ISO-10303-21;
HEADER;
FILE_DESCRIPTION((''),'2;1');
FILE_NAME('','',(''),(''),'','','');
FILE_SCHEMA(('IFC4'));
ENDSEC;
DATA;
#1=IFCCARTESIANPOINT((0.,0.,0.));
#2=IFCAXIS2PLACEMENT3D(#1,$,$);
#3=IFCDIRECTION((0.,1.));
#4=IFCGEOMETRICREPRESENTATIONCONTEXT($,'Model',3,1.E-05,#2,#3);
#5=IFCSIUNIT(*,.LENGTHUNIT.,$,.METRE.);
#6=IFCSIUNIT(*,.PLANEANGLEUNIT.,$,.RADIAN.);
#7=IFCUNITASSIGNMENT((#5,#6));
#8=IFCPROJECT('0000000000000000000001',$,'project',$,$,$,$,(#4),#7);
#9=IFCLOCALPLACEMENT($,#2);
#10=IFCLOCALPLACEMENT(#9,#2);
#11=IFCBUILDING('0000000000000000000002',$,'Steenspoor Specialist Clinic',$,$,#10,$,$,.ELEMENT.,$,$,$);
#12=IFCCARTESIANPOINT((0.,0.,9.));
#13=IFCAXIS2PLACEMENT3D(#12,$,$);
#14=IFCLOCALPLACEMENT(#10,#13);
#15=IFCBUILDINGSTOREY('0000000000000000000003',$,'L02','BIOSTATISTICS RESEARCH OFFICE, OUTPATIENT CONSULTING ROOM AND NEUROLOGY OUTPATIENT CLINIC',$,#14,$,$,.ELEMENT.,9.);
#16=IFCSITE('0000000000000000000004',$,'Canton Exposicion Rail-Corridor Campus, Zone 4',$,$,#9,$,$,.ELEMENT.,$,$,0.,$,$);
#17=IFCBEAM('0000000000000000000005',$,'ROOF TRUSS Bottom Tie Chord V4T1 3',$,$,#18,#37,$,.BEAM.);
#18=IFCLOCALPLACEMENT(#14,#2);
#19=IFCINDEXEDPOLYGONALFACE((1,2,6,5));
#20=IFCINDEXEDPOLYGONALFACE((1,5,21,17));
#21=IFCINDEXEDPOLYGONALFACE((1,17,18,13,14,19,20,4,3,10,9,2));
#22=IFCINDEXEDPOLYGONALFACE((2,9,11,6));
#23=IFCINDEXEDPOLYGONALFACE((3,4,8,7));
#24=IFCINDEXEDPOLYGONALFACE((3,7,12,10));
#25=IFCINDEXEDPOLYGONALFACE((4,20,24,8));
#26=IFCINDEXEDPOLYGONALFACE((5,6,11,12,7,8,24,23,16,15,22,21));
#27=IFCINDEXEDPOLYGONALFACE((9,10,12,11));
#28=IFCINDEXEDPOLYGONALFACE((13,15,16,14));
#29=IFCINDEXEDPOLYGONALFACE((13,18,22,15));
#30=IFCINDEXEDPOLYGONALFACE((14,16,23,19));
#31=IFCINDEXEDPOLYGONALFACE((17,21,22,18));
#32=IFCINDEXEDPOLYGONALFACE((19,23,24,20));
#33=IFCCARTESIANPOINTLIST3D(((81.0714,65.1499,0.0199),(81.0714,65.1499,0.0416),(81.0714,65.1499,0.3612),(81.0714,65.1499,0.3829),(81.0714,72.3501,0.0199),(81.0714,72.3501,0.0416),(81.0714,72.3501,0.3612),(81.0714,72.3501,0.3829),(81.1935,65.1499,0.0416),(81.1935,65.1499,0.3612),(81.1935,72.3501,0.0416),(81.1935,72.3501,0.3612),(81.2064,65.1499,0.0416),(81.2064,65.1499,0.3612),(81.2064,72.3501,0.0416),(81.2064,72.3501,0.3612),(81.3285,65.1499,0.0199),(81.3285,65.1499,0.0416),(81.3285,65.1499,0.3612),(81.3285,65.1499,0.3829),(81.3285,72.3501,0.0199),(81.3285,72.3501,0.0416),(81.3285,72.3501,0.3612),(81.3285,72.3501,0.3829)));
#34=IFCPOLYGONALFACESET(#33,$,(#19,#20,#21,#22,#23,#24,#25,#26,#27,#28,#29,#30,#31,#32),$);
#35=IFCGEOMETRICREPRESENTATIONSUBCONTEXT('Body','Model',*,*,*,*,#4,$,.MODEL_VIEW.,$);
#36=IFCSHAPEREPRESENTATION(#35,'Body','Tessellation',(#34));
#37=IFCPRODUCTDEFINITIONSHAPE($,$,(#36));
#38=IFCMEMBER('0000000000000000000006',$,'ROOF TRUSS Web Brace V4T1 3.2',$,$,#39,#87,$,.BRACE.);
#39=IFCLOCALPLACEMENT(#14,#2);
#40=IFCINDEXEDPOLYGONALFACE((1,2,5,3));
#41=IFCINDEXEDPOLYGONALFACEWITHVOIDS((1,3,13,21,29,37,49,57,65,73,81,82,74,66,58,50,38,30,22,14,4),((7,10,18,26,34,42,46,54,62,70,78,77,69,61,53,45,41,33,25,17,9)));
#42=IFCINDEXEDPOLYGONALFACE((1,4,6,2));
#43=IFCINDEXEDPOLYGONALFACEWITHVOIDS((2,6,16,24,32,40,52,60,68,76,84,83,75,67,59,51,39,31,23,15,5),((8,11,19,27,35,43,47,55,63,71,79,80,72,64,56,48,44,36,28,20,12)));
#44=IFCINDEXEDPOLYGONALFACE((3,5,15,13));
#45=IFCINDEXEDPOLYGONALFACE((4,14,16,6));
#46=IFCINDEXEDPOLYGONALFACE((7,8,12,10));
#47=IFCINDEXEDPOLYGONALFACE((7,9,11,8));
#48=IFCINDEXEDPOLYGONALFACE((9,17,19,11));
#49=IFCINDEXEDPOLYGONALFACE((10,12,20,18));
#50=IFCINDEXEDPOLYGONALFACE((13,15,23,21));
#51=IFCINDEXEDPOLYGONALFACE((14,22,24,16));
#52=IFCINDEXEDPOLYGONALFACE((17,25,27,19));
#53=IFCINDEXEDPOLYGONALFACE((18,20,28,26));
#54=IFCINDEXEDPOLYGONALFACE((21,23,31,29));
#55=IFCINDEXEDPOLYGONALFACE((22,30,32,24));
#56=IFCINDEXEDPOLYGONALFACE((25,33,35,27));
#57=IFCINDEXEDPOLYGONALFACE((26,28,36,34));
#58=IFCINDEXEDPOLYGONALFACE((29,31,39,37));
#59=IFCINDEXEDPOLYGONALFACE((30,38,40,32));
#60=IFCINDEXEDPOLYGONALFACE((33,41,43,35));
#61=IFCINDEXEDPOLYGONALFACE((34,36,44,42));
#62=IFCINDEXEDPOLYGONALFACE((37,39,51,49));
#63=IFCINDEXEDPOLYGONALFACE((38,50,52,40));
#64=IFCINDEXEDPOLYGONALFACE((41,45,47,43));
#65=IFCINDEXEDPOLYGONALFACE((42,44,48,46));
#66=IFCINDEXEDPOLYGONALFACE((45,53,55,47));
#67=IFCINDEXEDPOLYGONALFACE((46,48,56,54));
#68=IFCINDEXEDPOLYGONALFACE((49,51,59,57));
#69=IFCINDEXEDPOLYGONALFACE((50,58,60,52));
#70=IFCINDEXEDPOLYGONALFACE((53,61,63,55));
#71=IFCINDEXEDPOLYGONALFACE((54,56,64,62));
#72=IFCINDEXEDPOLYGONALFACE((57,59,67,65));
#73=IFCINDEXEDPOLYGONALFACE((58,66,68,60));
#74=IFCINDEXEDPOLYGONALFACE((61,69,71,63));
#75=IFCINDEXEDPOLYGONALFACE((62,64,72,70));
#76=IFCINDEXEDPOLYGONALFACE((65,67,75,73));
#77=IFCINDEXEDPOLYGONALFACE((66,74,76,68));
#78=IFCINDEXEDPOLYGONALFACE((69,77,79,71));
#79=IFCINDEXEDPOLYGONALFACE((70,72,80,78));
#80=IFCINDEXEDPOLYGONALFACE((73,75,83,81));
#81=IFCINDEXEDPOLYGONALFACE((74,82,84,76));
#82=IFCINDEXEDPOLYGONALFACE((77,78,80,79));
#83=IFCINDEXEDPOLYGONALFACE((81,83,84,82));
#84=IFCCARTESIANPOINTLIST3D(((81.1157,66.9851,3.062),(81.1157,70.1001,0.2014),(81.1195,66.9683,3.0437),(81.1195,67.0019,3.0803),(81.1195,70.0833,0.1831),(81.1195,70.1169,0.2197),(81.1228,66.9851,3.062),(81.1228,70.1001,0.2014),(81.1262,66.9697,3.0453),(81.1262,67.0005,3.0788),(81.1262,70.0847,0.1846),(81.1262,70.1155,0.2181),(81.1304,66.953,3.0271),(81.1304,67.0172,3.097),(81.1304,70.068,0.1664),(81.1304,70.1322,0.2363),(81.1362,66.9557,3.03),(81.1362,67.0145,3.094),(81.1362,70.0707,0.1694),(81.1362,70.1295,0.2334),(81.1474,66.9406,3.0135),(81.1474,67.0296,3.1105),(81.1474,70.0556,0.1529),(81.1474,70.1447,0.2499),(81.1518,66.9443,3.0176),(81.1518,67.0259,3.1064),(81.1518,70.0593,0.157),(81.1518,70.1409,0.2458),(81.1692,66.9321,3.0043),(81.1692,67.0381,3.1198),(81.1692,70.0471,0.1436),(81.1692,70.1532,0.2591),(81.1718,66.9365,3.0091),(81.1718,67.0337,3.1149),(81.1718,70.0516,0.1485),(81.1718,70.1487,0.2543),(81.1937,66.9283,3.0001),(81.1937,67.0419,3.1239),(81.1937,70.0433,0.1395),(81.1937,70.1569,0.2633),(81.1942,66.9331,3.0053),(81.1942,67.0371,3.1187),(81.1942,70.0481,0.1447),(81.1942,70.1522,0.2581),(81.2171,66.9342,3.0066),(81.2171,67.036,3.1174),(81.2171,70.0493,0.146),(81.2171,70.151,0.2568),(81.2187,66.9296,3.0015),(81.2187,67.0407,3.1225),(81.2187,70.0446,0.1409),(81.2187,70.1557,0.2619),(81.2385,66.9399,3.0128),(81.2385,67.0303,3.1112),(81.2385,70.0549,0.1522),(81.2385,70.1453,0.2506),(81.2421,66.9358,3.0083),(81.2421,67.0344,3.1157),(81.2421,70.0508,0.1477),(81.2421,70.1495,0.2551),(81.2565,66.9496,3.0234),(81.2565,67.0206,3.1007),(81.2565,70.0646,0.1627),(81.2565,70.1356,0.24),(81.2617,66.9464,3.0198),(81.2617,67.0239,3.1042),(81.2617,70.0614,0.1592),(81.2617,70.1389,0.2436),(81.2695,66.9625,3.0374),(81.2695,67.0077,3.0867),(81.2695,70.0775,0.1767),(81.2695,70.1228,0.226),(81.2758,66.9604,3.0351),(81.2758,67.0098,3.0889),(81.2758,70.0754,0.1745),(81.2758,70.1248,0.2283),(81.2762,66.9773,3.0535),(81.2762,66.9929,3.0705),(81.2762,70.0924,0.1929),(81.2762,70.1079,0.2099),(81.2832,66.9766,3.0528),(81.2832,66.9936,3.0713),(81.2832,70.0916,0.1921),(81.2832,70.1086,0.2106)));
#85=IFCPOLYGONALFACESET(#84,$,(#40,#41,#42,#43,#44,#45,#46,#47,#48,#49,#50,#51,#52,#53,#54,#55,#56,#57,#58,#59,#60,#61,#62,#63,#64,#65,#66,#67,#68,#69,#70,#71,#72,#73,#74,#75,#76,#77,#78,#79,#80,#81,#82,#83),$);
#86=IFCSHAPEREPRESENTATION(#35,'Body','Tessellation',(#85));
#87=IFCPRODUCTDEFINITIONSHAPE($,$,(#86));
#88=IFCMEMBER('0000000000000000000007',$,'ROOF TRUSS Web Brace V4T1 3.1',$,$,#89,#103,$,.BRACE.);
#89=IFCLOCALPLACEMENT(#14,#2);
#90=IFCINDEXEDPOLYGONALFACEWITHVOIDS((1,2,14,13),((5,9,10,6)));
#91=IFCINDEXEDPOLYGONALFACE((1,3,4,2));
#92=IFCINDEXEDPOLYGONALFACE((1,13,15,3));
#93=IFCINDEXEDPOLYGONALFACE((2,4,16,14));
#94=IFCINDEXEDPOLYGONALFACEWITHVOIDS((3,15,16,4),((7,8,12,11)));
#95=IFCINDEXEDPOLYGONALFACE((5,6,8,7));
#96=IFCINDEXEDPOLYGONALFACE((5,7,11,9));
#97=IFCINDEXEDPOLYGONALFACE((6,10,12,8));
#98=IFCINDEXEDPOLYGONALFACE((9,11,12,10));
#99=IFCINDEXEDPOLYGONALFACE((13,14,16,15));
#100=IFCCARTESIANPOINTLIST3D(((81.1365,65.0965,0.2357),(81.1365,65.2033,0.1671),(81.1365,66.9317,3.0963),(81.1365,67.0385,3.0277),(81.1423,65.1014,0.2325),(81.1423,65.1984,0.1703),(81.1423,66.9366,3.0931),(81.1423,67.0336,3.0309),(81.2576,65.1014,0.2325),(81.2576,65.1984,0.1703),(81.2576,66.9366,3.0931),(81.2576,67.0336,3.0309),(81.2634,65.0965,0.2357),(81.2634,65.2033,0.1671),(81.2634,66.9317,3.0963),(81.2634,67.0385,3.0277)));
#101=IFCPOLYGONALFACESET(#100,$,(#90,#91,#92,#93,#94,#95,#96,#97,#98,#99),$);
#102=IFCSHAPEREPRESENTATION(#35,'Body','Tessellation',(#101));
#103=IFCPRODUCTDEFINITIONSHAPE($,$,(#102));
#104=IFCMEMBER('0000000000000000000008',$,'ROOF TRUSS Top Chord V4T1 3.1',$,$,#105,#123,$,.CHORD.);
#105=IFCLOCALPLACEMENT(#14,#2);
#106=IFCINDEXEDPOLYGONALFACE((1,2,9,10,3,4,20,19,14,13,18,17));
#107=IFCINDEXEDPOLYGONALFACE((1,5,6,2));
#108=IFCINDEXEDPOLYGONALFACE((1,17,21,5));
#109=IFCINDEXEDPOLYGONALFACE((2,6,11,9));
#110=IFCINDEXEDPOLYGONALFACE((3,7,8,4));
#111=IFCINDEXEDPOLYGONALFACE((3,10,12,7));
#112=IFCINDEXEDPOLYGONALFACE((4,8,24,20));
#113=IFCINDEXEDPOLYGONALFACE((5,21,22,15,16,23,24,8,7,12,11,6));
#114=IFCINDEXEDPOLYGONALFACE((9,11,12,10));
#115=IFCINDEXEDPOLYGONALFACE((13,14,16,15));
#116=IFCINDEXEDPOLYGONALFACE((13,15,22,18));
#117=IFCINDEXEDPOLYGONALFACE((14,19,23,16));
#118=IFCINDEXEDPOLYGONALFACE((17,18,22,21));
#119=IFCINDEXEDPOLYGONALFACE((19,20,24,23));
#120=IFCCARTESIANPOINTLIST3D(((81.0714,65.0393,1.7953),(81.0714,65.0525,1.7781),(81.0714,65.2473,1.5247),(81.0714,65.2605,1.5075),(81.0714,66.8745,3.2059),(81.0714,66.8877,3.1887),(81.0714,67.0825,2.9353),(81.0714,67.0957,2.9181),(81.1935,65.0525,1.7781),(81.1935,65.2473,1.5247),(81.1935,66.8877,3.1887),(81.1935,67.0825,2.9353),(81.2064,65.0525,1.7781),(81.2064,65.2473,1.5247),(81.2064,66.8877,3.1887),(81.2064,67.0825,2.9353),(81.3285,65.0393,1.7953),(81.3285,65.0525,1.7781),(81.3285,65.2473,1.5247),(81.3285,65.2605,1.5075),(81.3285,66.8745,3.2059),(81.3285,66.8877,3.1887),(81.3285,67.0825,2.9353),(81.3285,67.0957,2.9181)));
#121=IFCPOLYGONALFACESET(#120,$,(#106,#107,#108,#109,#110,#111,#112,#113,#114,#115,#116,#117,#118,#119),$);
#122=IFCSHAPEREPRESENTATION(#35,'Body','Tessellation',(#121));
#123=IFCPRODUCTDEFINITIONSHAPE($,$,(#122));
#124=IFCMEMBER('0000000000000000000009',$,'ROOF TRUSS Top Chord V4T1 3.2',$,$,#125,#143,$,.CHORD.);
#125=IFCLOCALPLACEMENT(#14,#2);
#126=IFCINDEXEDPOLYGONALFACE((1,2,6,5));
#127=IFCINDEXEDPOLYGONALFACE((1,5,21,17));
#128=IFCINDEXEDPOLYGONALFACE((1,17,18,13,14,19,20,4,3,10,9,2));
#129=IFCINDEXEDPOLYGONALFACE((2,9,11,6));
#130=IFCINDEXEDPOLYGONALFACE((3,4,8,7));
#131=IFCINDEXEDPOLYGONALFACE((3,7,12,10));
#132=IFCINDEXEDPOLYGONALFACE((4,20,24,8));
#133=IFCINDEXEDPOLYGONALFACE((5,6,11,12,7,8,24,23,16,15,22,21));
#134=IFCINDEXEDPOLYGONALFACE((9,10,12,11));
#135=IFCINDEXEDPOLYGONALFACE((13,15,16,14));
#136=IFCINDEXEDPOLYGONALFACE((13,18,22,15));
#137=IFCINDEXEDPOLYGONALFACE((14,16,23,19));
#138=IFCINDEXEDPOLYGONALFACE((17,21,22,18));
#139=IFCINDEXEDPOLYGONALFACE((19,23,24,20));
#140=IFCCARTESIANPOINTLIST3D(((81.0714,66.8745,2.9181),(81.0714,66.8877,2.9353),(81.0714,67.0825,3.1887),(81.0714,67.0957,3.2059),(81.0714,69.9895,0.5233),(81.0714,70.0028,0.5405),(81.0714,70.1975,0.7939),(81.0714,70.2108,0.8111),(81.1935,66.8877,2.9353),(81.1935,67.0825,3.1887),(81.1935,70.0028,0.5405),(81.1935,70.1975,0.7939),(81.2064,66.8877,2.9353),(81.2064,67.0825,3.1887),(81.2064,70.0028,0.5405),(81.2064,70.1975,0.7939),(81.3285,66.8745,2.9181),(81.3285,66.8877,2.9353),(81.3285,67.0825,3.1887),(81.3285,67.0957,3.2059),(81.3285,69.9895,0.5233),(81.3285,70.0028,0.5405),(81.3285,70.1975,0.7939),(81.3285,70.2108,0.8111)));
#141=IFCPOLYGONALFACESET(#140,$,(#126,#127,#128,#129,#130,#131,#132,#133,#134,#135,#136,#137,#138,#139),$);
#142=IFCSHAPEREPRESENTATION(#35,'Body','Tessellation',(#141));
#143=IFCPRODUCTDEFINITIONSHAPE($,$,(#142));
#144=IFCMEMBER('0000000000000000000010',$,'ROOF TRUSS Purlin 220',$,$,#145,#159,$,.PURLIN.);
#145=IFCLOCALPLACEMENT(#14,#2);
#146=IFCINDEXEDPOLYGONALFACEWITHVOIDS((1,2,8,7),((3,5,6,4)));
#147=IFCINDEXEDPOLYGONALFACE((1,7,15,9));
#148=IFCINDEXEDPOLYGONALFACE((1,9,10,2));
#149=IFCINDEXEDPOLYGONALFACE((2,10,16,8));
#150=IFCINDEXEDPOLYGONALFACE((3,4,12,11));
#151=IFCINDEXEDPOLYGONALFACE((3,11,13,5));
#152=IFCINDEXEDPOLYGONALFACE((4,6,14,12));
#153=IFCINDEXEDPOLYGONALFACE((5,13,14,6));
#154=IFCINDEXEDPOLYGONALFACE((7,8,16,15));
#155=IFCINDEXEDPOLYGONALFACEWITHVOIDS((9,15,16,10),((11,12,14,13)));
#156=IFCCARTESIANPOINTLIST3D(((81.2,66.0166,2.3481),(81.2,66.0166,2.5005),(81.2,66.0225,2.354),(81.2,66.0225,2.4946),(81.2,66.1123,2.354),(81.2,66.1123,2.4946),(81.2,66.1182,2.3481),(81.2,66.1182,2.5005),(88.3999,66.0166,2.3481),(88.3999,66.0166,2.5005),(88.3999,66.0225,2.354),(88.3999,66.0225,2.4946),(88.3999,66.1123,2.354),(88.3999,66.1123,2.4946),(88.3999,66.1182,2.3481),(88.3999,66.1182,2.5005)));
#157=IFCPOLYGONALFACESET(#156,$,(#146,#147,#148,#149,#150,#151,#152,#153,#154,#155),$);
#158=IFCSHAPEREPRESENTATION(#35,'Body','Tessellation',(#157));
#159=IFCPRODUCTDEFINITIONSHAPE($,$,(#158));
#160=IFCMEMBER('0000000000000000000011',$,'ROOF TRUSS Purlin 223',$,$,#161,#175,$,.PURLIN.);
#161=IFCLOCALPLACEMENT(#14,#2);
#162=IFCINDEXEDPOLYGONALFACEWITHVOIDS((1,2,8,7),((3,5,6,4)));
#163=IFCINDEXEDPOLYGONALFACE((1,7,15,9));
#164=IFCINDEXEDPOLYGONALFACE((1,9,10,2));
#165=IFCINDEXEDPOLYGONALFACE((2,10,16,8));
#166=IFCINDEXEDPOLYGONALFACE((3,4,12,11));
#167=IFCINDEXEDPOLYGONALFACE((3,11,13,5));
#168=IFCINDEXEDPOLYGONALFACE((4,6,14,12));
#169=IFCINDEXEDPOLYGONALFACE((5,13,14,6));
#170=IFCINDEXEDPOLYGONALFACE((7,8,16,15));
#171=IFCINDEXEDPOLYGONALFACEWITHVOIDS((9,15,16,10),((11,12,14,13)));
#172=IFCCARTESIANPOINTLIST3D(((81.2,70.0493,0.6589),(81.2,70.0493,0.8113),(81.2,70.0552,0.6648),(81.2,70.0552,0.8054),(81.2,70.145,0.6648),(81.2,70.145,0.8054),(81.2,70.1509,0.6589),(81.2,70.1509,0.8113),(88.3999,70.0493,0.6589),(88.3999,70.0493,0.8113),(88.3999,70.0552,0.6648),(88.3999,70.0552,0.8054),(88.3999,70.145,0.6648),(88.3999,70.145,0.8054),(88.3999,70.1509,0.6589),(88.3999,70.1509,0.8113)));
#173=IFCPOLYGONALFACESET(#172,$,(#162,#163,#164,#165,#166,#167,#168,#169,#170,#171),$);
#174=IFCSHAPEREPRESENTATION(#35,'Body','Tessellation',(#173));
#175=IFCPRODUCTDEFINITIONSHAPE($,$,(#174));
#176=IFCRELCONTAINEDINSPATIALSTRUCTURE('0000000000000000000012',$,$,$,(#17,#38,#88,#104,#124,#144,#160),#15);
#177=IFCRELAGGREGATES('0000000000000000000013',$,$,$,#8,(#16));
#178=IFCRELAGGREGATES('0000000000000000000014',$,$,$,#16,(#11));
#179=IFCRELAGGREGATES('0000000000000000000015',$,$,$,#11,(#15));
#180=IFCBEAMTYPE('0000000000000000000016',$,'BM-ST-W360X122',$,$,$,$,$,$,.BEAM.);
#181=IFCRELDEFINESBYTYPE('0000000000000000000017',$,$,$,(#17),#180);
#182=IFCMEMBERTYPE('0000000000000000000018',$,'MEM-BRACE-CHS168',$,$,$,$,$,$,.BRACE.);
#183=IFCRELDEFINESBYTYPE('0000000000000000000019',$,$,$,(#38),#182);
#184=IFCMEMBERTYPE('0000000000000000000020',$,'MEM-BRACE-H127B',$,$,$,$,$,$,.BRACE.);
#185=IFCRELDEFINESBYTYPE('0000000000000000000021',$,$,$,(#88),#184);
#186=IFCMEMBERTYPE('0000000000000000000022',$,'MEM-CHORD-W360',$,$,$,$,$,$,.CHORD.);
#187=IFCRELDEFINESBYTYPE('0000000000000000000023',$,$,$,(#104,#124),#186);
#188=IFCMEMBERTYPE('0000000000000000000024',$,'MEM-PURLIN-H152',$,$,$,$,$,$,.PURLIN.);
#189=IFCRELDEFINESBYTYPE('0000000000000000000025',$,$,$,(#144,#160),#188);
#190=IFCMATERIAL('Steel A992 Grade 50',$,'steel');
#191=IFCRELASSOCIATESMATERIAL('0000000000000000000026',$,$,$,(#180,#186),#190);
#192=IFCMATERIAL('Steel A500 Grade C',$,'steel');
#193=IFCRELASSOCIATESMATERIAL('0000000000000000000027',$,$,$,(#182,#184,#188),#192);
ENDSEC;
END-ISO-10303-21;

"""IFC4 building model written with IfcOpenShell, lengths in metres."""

from ifc_helpers import new_model, si_unit, direction, frame, origin, origin_2d, place, context, subcontext, project, spatial, hollow_rectangle, hollow_circle, i_section, extrude, material, material_profile, profile_set, type_object, element, save


model = new_model("IFC4")

# Units and contexts
model_context = context("Model", 3, precision=1e-05, world=origin(), true_north=direction((0.0, 1.0)))
body_context = subcontext(model_context, "Body", "Model", "MODEL_VIEW")
ifc_project = project(units=[si_unit("LENGTHUNIT", "METRE"), si_unit("PLANEANGLEUNIT", "RADIAN")], contexts=[model_context])

# Site, building, storey
site_placement = place(None, origin())
site = spatial("IfcSite", under=ifc_project, at=site_placement, Name="Canton Exposicion Rail-Corridor Campus, Zone 4", CompositionType="ELEMENT", RefElevation=0.0)
building_placement = place(site_placement, origin())
building = spatial("IfcBuilding", under=site, at=building_placement, Name="Steenspoor Specialist Clinic", CompositionType="ELEMENT")
storey_placement = place(building_placement, frame((0.0, 0.0, 9.0)))
storey = spatial("IfcBuildingStorey", under=building, at=storey_placement, Name="L02", Description="BIOSTATISTICS RESEARCH OFFICE, OUTPATIENT CONSULTING ROOM AND NEUROLOGY OUTPATIENT CLINIC", CompositionType="ELEMENT", Elevation=9.0)

# Beam
ifc_material_1 = material(Name="Steel A992 Grade 50", Category="steel")
ifc_material_profile_1 = material_profile(ifc_material_1, i_section(OverallWidth=0.2571, OverallDepth=0.363, WebThickness=0.0129, FlangeThickness=0.0217, at=origin_2d()), Name="W360X122")
ifc_profile_set_1 = profile_set([ifc_material_profile_1], Name="Steel A992 Grade 50")
beam_type = type_object("IfcBeamType", Name="BM-ST-W360X122", PredefinedType="BEAM", material=ifc_profile_set_1)
beam_placement = place(storey_placement, frame((81.2, 65.1499, 0.2014), z_axis=(0.0, 1.0, 0.0), x_axis=(-1.0, 0.0, 0.0)))
element("IfcBeam", 1, at=beam_placement, inside=storey, type_object=beam_type, Name="ROOF TRUSS Bottom Tie Chord V4T1 3", PredefinedType="BEAM", context=body_context, shape_type="SweptSolid", body=[
    extrude(i_section(OverallWidth=0.2571, OverallDepth=0.363, WebThickness=0.0129, FlangeThickness=0.0217, at=origin_2d()), origin(), (0.0, 0.0, 1.0), 7.2002),
])

# Members
ifc_material_2 = material(Name="Steel A500 Grade C", Category="steel")
ifc_material_profile_2 = material_profile(ifc_material_2, hollow_circle(Radius=0.0842, WallThickness=0.0071, at=origin_2d()), Name="CHS168X7.1")
ifc_profile_set_2 = profile_set([ifc_material_profile_2], Name="Steel A500 Grade C")
member_type_1 = type_object("IfcMemberType", Name="MEM-BRACE-CHS168", PredefinedType="BRACE", material=ifc_profile_set_2)
member_1_placement = place(storey_placement, frame((81.2, 66.9851, 3.062), z_axis=(0.0, 0.736543, -0.676391), x_axis=(-1.0, 0.0, 0.0)))
element("IfcMember", 2, at=member_1_placement, inside=storey, type_object=member_type_1, Name="ROOF TRUSS Web Brace V4T1 3.2", PredefinedType="BRACE", context=body_context, shape_type="SweptSolid", body=[
    extrude(hollow_circle(Radius=0.0842, WallThickness=0.0071, at=origin_2d()), origin(), (0.0, 0.0, 1.0), 4.2292),
])
ifc_material_profile_3 = material_profile(ifc_material_2, hollow_rectangle(XDim=0.127, YDim=0.127, WallThickness=0.0059, at=origin_2d()), Name="HSS127X127X6.4")
ifc_profile_set_3 = profile_set([ifc_material_profile_3], Name="Steel A500 Grade C")
member_type_2 = type_object("IfcMemberType", Name="MEM-BRACE-H127B", PredefinedType="BRACE", material=ifc_profile_set_3)
member_2_placement = place(storey_placement, frame((81.2, 65.1499, 0.2014), z_axis=(0.0, 0.539977, 0.84168), x_axis=(-1.0, 0.0, 0.0)))
element("IfcMember", 3, at=member_2_placement, inside=storey, type_object=member_type_2, Name="ROOF TRUSS Web Brace V4T1 3.1", PredefinedType="BRACE", context=body_context, shape_type="SweptSolid", body=[
    extrude(hollow_rectangle(XDim=0.127, YDim=0.127, WallThickness=0.0059, at=origin_2d()), origin(), (0.0, 0.0, 1.0), 3.3987),
])
ifc_material_profile_4 = material_profile(ifc_material_1, i_section(OverallWidth=0.2571, OverallDepth=0.363, WebThickness=0.0129, FlangeThickness=0.0217, at=origin_2d()), Name="W360X122")
ifc_profile_set_4 = profile_set([ifc_material_profile_4], Name="Steel A992 Grade 50")
member_type_3 = type_object("IfcMemberType", Name="MEM-CHORD-W360", PredefinedType="CHORD", material=ifc_profile_set_4)
member_3_placement = place(storey_placement, frame((81.2, 65.1499, 1.6514), z_axis=(0.0, 0.792844, 0.609425), x_axis=(-1.0, 0.0, 0.0)))
element("IfcMember", 4, at=member_3_placement, inside=storey, type_object=member_type_3, Name="ROOF TRUSS Top Chord V4T1 3.1", PredefinedType="CHORD", context=body_context, shape_type="SweptSolid", body=[
    extrude(i_section(OverallWidth=0.2571, OverallDepth=0.363, WebThickness=0.0129, FlangeThickness=0.0217, at=origin_2d()), origin(), (0.0, 0.0, 1.0), 2.3147),
])
member_4_placement = place(storey_placement, frame((81.2, 66.9851, 3.062), z_axis=(0.0, 0.792793, -0.609492), x_axis=(-1.0, 0.0, 0.0)))
element("IfcMember", 5, at=member_4_placement, inside=storey, type_object=member_type_3, Name="ROOF TRUSS Top Chord V4T1 3.2", PredefinedType="CHORD", context=body_context, shape_type="SweptSolid", body=[
    extrude(i_section(OverallWidth=0.2571, OverallDepth=0.363, WebThickness=0.0129, FlangeThickness=0.0217, at=origin_2d()), origin(), (0.0, 0.0, 1.0), 3.9292),
])
ifc_material_profile_5 = material_profile(ifc_material_2, hollow_rectangle(XDim=0.1016, YDim=0.1523, WallThickness=0.0059, at=origin_2d()), Name="HSS152X102X6.4")
ifc_profile_set_5 = profile_set([ifc_material_profile_5], Name="Steel A500 Grade C")
member_type_4 = type_object("IfcMemberType", Name="MEM-PURLIN-H152", PredefinedType="PURLIN", material=ifc_profile_set_5)
for number, where, z_axis, x_axis, name in (
    (6, (81.2, 66.0674, 2.4243), (1.0, 0.0, 0.0), (0.0, 1.0, 0.0), "ROOF TRUSS Purlin 220"),
    (7, (81.2, 70.1001, 0.7351), (1.0, 0.0, 0.0), (0.0, 1.0, 0.0), "ROOF TRUSS Purlin 223"),
):
    element("IfcMember", number, at=place(storey_placement, frame(where, z_axis=z_axis, x_axis=x_axis)), inside=storey, type_object=member_type_4, Name=name, PredefinedType="PURLIN", context=body_context, shape_type="SweptSolid", body=[
        extrude(hollow_rectangle(XDim=0.1016, YDim=0.1523, WallThickness=0.0059, at=origin_2d()), origin(), (0.0, 0.0, 1.0), 7.2),
    ])

save(model, "model.ifc")
